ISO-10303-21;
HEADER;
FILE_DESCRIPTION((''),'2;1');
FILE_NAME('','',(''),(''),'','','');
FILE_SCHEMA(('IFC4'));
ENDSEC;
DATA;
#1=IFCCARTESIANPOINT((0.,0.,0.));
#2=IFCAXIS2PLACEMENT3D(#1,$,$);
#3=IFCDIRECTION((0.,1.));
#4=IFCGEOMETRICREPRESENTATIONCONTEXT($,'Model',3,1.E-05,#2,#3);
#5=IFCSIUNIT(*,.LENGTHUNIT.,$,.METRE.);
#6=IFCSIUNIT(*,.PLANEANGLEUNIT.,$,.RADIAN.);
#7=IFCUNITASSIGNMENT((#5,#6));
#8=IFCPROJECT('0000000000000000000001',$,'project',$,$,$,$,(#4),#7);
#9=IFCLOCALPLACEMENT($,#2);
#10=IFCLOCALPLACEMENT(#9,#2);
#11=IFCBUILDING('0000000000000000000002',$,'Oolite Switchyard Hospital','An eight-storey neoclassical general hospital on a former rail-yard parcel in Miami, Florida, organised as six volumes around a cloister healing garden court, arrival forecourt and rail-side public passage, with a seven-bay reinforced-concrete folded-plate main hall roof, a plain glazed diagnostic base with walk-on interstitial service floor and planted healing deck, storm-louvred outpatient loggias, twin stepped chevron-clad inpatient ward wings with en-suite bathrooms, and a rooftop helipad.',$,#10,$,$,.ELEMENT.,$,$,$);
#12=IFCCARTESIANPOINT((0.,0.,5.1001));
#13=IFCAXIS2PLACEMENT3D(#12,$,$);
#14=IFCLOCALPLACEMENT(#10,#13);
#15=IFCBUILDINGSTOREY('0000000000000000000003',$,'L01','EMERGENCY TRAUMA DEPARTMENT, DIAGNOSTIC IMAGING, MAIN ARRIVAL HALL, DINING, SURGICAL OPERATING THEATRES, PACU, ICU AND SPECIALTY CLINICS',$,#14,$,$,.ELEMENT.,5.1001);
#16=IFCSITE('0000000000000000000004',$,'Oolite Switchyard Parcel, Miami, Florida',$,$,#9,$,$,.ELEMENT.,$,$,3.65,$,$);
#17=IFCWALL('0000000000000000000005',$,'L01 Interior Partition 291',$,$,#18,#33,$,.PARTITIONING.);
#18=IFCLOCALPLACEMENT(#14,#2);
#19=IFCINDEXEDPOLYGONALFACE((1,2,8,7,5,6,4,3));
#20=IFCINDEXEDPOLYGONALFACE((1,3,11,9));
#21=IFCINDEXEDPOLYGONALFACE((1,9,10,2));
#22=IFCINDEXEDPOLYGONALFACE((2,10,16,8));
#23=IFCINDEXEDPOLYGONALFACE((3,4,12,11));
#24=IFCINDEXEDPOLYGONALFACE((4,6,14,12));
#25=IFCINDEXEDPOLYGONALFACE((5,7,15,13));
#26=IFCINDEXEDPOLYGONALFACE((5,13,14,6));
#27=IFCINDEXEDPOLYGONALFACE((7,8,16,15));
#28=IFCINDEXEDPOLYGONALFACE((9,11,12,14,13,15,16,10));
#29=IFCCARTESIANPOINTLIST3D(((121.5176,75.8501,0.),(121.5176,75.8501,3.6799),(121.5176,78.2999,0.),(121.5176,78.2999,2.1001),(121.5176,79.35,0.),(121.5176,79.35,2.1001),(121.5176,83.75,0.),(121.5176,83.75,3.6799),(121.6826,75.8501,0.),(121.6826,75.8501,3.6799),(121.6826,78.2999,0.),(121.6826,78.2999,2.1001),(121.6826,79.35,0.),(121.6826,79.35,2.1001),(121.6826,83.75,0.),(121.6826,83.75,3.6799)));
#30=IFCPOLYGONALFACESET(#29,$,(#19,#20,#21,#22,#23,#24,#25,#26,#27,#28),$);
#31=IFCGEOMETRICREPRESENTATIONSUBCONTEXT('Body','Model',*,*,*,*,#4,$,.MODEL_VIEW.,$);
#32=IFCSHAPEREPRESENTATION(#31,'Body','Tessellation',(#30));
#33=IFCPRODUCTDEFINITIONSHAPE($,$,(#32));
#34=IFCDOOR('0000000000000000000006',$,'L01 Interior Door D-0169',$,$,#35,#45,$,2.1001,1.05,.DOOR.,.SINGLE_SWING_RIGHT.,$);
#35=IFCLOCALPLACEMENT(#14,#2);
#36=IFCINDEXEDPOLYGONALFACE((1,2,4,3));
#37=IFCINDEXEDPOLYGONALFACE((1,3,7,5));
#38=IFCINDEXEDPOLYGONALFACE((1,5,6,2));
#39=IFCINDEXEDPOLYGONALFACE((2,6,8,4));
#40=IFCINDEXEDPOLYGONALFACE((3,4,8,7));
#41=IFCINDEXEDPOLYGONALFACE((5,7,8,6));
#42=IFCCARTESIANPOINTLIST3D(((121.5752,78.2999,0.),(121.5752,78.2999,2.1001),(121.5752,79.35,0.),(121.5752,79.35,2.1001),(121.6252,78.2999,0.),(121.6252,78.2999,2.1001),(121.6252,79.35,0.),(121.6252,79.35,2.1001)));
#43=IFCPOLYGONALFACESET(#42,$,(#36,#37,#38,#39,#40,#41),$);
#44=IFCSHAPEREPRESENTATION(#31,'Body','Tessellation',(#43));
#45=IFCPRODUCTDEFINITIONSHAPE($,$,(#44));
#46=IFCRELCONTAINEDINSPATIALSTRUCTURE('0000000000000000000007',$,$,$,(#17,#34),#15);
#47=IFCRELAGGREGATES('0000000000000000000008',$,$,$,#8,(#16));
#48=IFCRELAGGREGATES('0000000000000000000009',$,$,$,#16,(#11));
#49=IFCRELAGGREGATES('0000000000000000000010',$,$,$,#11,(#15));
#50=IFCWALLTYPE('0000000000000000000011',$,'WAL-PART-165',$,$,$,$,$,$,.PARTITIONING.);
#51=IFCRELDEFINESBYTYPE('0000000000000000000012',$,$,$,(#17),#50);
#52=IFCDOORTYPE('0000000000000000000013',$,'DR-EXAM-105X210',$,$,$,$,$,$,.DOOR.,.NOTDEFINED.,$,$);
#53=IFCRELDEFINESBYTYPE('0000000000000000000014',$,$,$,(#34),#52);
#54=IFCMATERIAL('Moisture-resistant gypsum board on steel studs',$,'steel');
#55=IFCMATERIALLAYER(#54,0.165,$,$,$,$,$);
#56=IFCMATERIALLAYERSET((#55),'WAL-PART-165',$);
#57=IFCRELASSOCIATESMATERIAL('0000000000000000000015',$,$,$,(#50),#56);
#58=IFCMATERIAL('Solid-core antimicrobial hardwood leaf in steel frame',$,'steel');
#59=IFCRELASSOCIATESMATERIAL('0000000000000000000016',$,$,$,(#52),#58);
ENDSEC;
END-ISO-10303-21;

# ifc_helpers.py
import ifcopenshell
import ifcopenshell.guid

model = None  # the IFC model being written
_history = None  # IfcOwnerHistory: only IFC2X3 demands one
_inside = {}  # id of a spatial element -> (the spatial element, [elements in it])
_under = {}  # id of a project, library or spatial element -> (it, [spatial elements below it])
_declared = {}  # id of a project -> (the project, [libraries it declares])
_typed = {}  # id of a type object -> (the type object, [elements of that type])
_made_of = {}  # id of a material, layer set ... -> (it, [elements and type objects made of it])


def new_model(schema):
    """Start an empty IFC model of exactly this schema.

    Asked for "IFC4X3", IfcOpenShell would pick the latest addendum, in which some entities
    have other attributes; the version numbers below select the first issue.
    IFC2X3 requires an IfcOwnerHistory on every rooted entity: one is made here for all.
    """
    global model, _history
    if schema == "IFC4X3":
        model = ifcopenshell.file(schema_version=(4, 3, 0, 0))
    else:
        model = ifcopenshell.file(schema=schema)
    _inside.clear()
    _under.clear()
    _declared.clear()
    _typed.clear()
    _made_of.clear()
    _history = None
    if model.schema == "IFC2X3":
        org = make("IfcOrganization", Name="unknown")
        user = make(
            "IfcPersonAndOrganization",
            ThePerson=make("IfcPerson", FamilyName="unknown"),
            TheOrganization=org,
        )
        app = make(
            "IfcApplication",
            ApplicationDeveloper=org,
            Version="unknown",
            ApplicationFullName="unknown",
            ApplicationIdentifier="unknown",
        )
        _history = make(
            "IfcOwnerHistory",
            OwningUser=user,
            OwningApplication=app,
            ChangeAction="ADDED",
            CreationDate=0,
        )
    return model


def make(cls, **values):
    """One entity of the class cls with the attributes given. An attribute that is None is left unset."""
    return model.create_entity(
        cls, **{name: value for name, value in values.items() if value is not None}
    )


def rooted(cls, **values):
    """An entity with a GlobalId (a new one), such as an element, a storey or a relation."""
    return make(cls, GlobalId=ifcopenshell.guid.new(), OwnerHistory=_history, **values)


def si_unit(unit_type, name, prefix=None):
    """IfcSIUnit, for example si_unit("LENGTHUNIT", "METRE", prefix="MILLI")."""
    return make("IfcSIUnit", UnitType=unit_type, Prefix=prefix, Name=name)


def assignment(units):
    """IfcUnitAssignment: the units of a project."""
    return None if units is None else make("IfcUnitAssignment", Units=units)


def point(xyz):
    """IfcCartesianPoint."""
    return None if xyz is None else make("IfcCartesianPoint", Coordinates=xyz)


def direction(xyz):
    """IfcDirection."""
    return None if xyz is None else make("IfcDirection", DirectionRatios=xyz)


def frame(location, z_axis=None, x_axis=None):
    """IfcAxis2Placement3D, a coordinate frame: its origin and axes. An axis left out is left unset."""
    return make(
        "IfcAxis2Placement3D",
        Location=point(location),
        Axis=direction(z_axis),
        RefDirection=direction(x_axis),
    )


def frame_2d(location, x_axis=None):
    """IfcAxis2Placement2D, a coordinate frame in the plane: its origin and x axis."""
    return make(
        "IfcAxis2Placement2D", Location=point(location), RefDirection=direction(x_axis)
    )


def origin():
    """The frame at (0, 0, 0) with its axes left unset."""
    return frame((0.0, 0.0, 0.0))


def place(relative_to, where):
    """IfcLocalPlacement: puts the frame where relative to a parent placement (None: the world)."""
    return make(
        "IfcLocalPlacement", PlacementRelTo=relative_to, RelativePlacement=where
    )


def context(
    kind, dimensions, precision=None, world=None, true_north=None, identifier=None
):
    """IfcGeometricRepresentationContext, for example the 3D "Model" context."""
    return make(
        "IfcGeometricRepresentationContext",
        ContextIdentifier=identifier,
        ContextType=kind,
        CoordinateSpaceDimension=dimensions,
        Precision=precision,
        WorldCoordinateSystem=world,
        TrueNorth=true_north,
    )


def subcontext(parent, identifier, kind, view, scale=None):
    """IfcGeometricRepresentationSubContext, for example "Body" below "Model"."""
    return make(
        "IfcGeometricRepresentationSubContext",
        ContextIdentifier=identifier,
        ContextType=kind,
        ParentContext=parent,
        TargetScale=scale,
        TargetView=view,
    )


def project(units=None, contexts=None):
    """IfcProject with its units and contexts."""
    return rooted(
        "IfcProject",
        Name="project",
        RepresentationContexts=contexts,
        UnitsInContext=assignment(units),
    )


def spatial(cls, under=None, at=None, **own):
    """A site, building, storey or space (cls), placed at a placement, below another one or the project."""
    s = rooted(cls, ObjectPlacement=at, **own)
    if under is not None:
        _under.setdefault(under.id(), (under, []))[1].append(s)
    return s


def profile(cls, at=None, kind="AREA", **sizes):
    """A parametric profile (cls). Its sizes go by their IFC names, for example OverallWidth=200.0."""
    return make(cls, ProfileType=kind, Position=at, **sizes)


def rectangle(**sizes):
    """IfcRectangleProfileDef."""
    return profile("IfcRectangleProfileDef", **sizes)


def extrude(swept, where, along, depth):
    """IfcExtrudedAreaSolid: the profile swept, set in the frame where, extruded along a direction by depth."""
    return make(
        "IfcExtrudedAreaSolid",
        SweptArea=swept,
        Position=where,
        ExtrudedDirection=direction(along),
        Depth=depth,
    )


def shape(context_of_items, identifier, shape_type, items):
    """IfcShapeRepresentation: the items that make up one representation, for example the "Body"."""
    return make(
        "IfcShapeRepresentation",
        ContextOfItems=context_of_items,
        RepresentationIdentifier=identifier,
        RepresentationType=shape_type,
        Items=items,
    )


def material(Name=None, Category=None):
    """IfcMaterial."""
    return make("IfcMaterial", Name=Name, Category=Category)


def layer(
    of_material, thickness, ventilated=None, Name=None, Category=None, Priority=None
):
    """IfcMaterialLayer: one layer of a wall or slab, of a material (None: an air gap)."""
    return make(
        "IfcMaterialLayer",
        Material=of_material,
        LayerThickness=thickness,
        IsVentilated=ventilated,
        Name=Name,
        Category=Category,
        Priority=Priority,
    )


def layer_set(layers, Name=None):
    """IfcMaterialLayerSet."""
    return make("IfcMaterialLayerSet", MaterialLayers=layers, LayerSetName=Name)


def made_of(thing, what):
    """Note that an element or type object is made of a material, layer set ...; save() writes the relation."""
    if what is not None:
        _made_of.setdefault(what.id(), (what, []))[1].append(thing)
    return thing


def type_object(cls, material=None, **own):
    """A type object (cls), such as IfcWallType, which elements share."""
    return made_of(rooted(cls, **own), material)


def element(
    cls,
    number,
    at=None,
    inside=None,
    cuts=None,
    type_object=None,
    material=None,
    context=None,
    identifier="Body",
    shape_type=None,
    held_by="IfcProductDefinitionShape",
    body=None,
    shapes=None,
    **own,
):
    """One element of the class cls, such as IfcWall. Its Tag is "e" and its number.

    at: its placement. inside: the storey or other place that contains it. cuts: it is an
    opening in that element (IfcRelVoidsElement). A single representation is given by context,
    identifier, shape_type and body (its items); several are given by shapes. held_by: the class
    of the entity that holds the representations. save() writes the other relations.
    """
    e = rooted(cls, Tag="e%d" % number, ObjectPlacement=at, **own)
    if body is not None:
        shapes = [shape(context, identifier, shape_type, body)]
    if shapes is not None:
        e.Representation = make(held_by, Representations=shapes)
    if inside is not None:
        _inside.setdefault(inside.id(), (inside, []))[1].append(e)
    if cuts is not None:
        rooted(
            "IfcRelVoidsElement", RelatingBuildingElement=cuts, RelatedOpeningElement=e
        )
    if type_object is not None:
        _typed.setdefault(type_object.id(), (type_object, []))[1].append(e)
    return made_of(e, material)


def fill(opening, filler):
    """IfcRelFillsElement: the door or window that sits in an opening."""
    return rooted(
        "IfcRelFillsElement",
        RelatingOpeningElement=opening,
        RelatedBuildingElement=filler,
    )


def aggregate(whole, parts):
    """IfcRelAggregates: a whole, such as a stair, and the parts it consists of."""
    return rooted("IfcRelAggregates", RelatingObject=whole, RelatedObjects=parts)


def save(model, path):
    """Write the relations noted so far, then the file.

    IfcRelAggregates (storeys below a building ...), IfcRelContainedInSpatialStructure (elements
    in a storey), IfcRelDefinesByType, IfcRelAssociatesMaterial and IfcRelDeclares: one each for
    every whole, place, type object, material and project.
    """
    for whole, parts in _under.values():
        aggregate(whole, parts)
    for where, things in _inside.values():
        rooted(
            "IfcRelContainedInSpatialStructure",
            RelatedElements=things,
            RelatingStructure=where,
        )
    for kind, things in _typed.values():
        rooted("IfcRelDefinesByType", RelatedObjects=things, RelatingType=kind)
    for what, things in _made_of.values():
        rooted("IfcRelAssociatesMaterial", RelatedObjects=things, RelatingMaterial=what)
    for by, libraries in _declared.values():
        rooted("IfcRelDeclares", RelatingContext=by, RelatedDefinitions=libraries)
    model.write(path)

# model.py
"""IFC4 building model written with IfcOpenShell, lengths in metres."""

from ifc_helpers import new_model, si_unit, direction, frame, frame_2d, origin, place, context, subcontext, project, spatial, rectangle, extrude, material, layer, layer_set, type_object, element, fill, save


model = new_model("IFC4")

# Units and contexts
model_context = context("Model", 3, precision=1e-05, world=origin(), true_north=direction((0.0, 1.0)))
body_context = subcontext(model_context, "Body", "Model", "MODEL_VIEW")
ifc_project = project(units=[si_unit("LENGTHUNIT", "METRE"), si_unit("PLANEANGLEUNIT", "RADIAN")], contexts=[model_context])

# Site, building, storey
site_placement = place(None, origin())
site = spatial("IfcSite", under=ifc_project, at=site_placement, Name="Oolite Switchyard Parcel, Miami, Florida", CompositionType="ELEMENT", RefElevation=3.65)
building_placement = place(site_placement, origin())
building = spatial("IfcBuilding", under=site, at=building_placement, Name="Oolite Switchyard Hospital", Description="An eight-storey neoclassical general hospital on a former rail-yard parcel in Miami, Florida, organised as six volumes around a cloister healing garden court, arrival forecourt and rail-side public passage, with a seven-bay reinforced-concrete folded-plate main hall roof, a plain glazed diagnostic base with walk-on interstitial service floor and planted healing deck, storm-louvred outpatient loggias, twin stepped chevron-clad inpatient ward wings with en-suite bathrooms, and a rooftop helipad.", CompositionType="ELEMENT")
storey_placement = place(building_placement, frame((0.0, 0.0, 5.1001)))
storey = spatial("IfcBuildingStorey", under=building, at=storey_placement, Name="L01", Description="EMERGENCY TRAUMA DEPARTMENT, DIAGNOSTIC IMAGING, MAIN ARRIVAL HALL, DINING, SURGICAL OPERATING THEATRES, PACU, ICU AND SPECIALTY CLINICS", CompositionType="ELEMENT", Elevation=5.1001)

# Shared definitions
ifc_material_1 = material(Name="Moisture-resistant gypsum board on steel studs", Category="steel")

# Wall, opening, door
ifc_layer_1 = layer(ifc_material_1, 0.165)
ifc_layer_set_1 = layer_set([ifc_layer_1], Name="WAL-PART-165")
wall_type_1 = type_object("IfcWallType", Name="WAL-PART-165", PredefinedType="PARTITIONING", material=ifc_layer_set_1)
wall_1_placement = place(storey_placement, frame((121.6001, 75.8501, 0.0), z_axis=(0.0, 0.0, 1.0), x_axis=(0.0, 1.0, 0.0)))
wall_1 = element("IfcWall", 1, at=wall_1_placement, inside=storey, type_object=wall_type_1, Name="L01 Interior Partition 291", PredefinedType="PARTITIONING", context=body_context, shape_type="SweptSolid", body=[
    extrude(rectangle(XDim=7.8999, YDim=0.165, at=frame_2d((3.95, 0.0))), origin(), (0.0, 0.0, 1.0), 3.6799),
])
opening_placement = place(wall_1_placement, frame((2.45, 0.0, 0.0)))
opening = element("IfcOpeningElement", 2, at=opening_placement, cuts=wall_1, PredefinedType="OPENING", context=body_context, shape_type="SweptSolid", body=[
    extrude(rectangle(XDim=1.05, YDim=2.1001, at=frame_2d((0.5249, 1.05))), frame((0.0, 0.0925, 0.0), z_axis=(0.0, -1.0, 0.0), x_axis=(1.0, 0.0, 0.0)), (0.0, 0.0, 1.0), 0.1851),
])
ifc_material_2 = material(Name="Solid-core antimicrobial hardwood leaf in steel frame", Category="steel")
door_type = type_object("IfcDoorType", Name="DR-EXAM-105X210", OperationType="NOTDEFINED", PredefinedType="DOOR", material=ifc_material_2)
door_placement = place(opening_placement, origin())
door = element("IfcDoor", 3, at=door_placement, inside=storey, type_object=door_type, Name="L01 Interior Door D-0169", OperationType="SINGLE_SWING_RIGHT", OverallHeight=2.1001, OverallWidth=1.05, PredefinedType="DOOR", context=body_context, shape_type="SweptSolid", body=[
    extrude(rectangle(XDim=1.05, YDim=2.1001, at=frame_2d((0.5249, 1.05))), frame((0.0, 0.0249, 0.0), z_axis=(0.0, -1.0, 0.0), x_axis=(1.0, 0.0, 0.0)), (0.0, 0.0, 1.0), 0.05),
])
fill(opening, door)

save(model, "model.ifc")
